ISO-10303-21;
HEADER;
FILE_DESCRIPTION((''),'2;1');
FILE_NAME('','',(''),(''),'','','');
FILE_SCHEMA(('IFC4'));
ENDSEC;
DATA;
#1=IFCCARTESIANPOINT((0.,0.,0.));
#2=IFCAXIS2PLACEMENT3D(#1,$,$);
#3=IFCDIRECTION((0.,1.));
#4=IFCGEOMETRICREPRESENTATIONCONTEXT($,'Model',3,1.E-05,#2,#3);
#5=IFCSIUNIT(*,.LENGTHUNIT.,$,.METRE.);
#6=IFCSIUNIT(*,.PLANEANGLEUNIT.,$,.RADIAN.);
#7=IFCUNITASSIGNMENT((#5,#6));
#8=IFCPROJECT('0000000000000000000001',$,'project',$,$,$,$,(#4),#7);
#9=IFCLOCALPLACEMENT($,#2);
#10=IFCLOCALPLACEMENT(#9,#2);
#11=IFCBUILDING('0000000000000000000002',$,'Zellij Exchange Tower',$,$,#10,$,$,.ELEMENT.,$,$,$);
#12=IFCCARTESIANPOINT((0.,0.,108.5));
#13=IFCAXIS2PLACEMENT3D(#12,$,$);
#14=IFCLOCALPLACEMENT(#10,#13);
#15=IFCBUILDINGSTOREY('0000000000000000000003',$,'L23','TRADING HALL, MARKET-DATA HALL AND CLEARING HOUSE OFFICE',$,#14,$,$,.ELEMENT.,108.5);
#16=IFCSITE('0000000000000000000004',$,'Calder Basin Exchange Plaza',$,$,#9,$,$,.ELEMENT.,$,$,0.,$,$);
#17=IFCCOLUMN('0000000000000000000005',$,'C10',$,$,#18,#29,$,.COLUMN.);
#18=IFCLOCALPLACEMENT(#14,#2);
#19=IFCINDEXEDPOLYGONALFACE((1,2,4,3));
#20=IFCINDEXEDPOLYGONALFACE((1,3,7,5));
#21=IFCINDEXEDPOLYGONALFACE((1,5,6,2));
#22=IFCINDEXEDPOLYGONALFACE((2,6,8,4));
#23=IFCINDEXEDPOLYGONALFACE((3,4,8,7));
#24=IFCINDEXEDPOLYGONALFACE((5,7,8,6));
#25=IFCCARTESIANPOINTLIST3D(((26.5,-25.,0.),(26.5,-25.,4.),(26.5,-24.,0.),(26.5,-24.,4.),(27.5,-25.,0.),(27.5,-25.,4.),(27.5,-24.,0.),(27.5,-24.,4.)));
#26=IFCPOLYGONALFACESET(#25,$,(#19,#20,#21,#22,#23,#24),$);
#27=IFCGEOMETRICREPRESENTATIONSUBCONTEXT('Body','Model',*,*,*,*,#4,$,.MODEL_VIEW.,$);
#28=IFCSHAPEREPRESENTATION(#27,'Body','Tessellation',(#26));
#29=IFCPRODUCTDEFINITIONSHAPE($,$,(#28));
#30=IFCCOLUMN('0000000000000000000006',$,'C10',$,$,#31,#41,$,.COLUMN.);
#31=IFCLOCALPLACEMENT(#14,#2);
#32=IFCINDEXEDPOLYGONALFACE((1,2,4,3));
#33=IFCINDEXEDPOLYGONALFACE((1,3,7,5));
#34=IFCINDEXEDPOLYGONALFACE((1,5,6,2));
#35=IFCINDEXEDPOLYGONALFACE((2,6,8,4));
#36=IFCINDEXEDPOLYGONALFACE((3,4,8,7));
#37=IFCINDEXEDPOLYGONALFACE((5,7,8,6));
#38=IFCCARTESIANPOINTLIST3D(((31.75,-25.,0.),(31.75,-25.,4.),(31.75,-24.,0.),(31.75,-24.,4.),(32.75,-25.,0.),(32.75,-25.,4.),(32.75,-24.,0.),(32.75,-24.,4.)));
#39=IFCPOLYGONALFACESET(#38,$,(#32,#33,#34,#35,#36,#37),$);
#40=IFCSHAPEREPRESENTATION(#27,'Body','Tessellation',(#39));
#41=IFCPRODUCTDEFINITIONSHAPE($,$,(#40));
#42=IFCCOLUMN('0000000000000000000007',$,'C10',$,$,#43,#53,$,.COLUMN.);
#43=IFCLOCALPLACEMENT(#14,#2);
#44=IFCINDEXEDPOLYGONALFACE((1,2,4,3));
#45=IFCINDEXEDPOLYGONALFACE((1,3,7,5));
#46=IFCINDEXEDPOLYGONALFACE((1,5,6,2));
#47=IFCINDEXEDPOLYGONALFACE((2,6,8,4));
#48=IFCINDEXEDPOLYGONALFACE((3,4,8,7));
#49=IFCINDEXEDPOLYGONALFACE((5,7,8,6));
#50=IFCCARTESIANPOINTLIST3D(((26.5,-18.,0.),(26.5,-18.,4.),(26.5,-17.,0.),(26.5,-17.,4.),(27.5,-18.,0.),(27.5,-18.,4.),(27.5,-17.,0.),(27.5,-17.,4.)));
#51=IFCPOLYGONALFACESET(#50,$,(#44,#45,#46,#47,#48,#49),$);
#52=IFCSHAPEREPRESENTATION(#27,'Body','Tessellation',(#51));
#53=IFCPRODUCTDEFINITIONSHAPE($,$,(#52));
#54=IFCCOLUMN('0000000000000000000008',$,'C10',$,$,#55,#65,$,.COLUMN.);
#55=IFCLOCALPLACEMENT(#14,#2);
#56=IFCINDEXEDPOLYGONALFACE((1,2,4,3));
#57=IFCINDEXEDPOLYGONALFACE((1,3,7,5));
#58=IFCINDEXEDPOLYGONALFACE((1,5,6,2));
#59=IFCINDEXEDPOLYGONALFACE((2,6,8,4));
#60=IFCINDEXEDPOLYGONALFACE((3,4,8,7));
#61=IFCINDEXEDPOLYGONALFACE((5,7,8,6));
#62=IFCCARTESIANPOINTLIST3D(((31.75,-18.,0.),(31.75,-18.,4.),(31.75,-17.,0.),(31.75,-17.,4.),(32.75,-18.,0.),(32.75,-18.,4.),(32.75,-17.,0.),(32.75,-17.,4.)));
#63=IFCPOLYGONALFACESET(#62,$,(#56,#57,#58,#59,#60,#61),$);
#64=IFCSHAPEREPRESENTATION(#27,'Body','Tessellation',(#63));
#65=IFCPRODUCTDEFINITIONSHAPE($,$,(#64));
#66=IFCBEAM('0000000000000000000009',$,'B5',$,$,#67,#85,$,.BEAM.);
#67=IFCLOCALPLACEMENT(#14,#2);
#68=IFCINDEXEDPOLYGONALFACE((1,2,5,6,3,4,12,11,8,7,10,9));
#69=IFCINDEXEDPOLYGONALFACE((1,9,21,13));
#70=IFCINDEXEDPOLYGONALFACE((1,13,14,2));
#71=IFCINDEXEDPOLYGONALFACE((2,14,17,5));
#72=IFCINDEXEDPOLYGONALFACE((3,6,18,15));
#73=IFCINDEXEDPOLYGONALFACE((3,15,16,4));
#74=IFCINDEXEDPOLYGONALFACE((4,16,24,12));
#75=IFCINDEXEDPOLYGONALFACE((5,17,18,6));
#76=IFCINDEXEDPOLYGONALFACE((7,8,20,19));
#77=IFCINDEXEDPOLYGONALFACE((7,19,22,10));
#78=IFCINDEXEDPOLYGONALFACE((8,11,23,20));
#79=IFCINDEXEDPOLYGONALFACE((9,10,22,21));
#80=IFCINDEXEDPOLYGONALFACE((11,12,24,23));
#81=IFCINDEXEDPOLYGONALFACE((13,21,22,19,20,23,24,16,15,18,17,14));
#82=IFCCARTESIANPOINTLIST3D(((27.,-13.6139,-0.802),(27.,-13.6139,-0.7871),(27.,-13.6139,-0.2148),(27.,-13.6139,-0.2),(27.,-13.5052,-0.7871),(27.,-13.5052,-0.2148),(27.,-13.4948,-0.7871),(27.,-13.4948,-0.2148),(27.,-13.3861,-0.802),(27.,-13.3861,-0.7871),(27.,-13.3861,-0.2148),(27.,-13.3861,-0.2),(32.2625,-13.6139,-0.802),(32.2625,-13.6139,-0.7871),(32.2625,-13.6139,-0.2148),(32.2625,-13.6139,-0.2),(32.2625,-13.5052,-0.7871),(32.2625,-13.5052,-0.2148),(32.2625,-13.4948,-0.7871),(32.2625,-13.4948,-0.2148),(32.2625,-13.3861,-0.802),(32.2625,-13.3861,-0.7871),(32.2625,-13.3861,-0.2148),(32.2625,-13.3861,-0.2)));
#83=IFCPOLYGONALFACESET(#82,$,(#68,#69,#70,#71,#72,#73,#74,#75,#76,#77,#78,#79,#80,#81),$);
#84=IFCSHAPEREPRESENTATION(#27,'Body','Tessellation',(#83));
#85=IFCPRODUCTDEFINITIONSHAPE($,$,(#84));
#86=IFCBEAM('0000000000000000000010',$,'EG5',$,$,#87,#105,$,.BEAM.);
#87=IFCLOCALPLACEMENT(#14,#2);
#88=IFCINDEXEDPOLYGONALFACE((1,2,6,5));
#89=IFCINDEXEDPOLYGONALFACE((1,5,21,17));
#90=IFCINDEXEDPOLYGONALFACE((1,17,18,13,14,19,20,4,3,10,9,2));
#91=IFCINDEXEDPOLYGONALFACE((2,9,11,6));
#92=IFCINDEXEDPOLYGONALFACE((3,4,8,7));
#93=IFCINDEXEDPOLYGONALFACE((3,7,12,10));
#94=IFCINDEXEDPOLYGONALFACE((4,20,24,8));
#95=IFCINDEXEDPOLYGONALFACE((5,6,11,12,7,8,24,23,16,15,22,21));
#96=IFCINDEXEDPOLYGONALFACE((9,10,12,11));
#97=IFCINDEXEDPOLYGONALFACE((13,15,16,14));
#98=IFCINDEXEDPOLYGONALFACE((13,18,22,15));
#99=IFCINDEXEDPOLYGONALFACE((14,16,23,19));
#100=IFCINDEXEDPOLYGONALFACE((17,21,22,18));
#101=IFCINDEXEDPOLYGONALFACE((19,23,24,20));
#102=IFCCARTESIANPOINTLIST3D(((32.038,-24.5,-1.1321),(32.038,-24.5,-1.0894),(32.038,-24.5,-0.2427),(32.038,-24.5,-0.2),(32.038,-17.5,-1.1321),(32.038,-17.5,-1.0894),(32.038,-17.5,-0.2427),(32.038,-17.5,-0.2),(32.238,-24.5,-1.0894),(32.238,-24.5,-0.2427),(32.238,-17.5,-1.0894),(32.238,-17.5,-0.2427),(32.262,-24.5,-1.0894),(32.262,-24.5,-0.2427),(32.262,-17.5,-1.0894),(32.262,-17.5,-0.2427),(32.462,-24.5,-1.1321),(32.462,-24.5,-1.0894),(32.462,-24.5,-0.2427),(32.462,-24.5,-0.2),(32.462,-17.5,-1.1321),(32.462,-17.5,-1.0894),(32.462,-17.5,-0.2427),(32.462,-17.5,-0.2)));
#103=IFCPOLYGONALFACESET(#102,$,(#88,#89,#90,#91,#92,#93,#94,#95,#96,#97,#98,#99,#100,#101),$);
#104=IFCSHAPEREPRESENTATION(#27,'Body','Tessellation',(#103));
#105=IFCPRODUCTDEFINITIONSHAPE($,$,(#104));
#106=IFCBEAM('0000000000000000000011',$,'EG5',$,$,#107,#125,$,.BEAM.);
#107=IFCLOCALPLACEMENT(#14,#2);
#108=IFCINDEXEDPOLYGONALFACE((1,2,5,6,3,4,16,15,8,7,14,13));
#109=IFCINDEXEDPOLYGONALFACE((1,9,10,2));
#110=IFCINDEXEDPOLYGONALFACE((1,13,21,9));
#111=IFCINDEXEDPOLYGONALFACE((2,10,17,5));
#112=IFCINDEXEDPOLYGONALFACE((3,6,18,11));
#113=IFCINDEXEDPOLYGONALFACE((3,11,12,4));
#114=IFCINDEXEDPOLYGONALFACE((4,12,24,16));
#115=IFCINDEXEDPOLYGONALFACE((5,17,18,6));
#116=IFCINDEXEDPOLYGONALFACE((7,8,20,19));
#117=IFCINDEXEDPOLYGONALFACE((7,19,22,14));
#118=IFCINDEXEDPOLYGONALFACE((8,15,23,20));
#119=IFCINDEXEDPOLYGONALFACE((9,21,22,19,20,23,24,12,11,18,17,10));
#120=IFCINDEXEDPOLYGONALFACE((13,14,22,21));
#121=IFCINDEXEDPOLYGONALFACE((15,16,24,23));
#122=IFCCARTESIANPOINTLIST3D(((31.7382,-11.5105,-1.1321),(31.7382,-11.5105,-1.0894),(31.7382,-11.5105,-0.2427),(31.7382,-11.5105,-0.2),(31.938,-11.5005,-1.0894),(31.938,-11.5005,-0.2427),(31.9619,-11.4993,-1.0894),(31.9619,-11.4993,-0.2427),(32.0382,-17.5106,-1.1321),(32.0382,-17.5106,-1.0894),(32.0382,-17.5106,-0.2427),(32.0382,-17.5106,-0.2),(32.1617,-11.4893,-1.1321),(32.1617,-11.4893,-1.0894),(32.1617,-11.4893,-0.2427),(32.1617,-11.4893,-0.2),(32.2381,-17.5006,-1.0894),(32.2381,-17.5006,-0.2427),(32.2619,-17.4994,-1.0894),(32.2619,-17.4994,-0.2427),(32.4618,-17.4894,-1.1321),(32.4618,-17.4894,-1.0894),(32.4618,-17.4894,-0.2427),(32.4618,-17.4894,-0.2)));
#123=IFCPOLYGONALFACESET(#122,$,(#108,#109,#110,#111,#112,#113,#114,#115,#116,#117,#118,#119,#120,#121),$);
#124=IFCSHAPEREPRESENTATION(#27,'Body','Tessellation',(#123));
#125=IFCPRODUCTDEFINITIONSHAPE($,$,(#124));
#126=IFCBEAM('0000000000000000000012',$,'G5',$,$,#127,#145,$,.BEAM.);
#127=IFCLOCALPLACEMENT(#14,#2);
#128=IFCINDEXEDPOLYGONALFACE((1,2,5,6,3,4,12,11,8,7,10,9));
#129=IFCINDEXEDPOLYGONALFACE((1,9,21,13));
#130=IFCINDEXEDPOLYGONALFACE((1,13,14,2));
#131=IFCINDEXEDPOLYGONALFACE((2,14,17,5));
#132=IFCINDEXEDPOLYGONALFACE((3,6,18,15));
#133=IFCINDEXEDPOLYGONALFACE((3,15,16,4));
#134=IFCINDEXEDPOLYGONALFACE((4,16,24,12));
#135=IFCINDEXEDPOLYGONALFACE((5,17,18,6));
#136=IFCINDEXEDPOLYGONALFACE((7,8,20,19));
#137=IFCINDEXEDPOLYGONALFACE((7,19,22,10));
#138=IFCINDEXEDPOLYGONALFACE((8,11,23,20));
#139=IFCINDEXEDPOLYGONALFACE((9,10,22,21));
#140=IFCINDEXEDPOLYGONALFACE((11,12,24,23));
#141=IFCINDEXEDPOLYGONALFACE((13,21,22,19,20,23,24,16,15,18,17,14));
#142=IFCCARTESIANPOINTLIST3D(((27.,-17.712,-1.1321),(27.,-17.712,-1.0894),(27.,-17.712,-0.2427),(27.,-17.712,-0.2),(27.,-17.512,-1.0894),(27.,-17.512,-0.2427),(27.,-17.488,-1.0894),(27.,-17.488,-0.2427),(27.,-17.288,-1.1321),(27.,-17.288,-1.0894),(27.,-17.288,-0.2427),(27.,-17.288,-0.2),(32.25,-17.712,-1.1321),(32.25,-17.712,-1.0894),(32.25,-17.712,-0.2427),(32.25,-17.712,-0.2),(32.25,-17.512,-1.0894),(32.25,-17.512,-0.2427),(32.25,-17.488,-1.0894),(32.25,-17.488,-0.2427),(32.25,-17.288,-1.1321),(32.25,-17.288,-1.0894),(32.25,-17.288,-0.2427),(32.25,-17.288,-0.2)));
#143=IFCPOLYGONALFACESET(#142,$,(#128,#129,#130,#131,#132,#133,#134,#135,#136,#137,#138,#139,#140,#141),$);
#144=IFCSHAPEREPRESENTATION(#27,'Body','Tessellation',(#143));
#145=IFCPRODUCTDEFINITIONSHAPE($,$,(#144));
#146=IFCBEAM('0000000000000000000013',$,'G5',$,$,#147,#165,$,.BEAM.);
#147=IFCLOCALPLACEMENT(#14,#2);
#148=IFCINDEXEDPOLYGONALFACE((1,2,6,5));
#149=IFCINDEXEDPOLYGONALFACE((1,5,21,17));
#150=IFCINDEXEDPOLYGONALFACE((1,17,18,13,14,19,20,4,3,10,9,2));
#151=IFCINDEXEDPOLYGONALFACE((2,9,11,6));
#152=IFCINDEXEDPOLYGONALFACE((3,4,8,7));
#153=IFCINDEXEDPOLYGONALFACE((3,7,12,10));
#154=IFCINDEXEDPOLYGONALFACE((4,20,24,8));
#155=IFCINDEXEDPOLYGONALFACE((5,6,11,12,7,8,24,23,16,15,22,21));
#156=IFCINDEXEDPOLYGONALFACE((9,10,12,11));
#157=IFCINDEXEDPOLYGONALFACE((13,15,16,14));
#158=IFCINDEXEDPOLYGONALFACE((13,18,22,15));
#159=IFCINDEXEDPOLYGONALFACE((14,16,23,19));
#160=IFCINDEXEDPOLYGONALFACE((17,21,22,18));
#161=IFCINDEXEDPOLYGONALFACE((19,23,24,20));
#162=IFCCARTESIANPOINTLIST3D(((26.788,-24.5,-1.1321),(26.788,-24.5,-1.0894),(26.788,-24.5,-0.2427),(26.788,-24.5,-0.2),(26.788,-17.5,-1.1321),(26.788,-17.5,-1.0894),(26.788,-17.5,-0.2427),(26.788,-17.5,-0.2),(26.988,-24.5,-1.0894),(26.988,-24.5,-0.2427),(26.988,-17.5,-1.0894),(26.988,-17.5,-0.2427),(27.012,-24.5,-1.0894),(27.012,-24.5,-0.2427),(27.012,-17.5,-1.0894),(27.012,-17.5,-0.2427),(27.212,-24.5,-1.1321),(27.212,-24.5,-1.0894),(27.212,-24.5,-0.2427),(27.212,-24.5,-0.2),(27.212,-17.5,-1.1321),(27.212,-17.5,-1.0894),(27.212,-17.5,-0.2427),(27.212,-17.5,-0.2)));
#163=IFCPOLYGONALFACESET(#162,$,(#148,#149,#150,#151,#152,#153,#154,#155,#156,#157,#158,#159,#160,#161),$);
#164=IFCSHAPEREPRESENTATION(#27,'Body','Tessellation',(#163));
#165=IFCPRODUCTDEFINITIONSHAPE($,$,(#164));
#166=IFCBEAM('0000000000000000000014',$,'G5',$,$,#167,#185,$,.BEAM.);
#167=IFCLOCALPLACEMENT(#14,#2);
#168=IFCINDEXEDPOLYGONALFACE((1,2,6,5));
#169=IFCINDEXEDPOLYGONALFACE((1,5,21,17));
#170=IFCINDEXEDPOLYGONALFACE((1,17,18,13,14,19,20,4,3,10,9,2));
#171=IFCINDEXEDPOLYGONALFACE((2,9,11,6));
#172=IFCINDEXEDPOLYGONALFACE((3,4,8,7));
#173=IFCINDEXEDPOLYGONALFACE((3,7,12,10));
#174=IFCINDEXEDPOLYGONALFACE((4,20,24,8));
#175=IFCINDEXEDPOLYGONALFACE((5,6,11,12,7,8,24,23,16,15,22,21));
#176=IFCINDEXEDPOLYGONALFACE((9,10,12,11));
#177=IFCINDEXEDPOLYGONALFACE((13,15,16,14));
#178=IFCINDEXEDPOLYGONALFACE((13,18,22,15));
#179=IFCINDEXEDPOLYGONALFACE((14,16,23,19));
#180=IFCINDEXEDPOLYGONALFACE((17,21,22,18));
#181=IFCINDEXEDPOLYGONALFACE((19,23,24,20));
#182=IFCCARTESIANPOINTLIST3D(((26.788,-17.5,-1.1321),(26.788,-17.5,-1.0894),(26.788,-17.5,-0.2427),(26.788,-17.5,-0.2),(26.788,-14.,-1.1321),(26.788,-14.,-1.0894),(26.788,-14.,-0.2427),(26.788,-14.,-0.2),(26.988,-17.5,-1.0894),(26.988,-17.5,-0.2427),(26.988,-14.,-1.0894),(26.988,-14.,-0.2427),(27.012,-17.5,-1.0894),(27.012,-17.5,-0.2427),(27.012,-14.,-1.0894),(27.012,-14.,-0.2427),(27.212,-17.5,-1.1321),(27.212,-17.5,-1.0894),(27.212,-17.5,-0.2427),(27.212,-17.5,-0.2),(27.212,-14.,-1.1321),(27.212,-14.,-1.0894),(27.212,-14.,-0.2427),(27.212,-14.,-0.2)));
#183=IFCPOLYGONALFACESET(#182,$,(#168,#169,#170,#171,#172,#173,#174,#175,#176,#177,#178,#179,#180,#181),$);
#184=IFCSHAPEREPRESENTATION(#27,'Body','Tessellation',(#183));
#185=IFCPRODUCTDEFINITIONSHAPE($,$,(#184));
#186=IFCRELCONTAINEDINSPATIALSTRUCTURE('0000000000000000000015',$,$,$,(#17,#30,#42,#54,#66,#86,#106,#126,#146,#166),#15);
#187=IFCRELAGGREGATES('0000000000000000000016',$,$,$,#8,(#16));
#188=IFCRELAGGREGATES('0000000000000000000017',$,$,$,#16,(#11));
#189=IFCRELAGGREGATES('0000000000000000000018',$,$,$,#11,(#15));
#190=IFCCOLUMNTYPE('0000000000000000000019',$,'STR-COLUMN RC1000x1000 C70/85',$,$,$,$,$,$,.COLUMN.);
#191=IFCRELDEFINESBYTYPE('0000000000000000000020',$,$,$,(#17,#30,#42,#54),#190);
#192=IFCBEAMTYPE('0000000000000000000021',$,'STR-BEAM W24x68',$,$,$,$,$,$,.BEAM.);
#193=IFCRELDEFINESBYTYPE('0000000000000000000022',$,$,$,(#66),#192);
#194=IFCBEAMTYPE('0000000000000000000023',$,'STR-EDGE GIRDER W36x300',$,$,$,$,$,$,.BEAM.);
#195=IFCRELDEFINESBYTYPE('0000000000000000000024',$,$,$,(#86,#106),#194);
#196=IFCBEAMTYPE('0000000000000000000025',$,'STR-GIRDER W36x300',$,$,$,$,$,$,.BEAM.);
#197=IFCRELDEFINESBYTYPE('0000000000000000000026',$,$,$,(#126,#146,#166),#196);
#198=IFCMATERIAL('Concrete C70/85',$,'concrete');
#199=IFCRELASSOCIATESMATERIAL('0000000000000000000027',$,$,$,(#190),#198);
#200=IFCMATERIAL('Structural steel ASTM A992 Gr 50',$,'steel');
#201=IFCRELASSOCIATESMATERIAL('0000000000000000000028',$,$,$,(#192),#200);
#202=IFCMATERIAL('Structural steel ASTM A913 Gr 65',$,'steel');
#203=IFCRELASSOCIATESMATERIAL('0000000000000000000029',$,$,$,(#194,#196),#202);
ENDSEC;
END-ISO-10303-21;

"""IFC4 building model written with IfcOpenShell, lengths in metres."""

from ifc_helpers import new_model, si_unit, direction, frame, origin, origin_2d, place, context, subcontext, project, spatial, rectangle, i_section, extrude, material, material_profile, profile_set, type_object, element, save


model = new_model("IFC4")

# Units and contexts
model_context = context("Model", 3, precision=1e-05, world=origin(), true_north=direction((0.0, 1.0)))
body_context = subcontext(model_context, "Body", "Model", "MODEL_VIEW")
ifc_project = project(units=[si_unit("LENGTHUNIT", "METRE"), si_unit("PLANEANGLEUNIT", "RADIAN")], contexts=[model_context])

# Site, building, storey
site_placement = place(None, origin())
site = spatial("IfcSite", under=ifc_project, at=site_placement, Name="Calder Basin Exchange Plaza", CompositionType="ELEMENT", RefElevation=0.0)
building_placement = place(site_placement, origin())
building = spatial("IfcBuilding", under=site, at=building_placement, Name="Zellij Exchange Tower", CompositionType="ELEMENT")
storey_placement = place(building_placement, frame((0.0, 0.0, 108.5)))
storey = spatial("IfcBuildingStorey", under=building, at=storey_placement, Name="L23", Description="TRADING HALL, MARKET-DATA HALL AND CLEARING HOUSE OFFICE", CompositionType="ELEMENT", Elevation=108.5)

# Columns
ifc_material_1 = material(Name="Concrete C70/85", Category="concrete")
ifc_material_profile_1 = material_profile(ifc_material_1, rectangle(XDim=1.0, YDim=1.0, at=origin_2d()), Name="STR-COLUMN RC1000x1000 C70/85")
ifc_profile_set_1 = profile_set([ifc_material_profile_1], Name="Concrete C70/85")
column_type = type_object("IfcColumnType", Name="STR-COLUMN RC1000x1000 C70/85", PredefinedType="COLUMN", material=ifc_profile_set_1)
for number, where, z_axis, x_axis, name in (
    (1, (27.0, -24.5, 0.0), (0.0, 0.0, 1.0), (1.0, 0.0, 0.0), "C10"),
    (2, (32.25, -24.5, 0.0), (0.0, 0.0, 1.0), (1.0, 0.0, 0.0), "C10"),
    (3, (27.0, -17.5, 0.0), (0.0, 0.0, 1.0), (1.0, 0.0, 0.0), "C10"),
    (4, (32.25, -17.5, 0.0), (0.0, 0.0, 1.0), (1.0, 0.0, 0.0), "C10"),
):
    element("IfcColumn", number, at=place(storey_placement, frame(where, z_axis=z_axis, x_axis=x_axis)), inside=storey, type_object=column_type, Name=name, PredefinedType="COLUMN", context=body_context, shape_type="SweptSolid", body=[
        extrude(rectangle(XDim=1.0, YDim=1.0, at=origin_2d()), origin(), (0.0, 0.0, 1.0), 4.0),
    ])

# Beams
ifc_material_2 = material(Name="Structural steel ASTM A992 Gr 50", Category="steel")
ifc_material_profile_2 = material_profile(ifc_material_2, i_section(OverallWidth=0.2278, OverallDepth=0.6021, WebThickness=0.0105, FlangeThickness=0.0149, at=origin_2d()), Name="W24x68")
ifc_profile_set_2 = profile_set([ifc_material_profile_2], Name="Structural steel ASTM A992 Gr 50")
beam_type_1 = type_object("IfcBeamType", Name="STR-BEAM W24x68", PredefinedType="BEAM", material=ifc_profile_set_2)
beam_1_placement = place(storey_placement, frame((27.0, -13.5, -0.501), z_axis=(1.0, 0.0, 0.0), x_axis=(0.0, 1.0, 0.0)))
element("IfcBeam", 5, at=beam_1_placement, inside=storey, type_object=beam_type_1, Name="B5", PredefinedType="BEAM", context=body_context, shape_type="SweptSolid", body=[
    extrude(i_section(OverallWidth=0.2278, OverallDepth=0.6021, WebThickness=0.0105, FlangeThickness=0.0149, at=origin_2d()), origin(), (0.0, 0.0, 1.0), 5.2625),
])
ifc_material_3 = material(Name="Structural steel ASTM A913 Gr 65", Category="steel")
ifc_material_profile_3 = material_profile(ifc_material_3, i_section(OverallWidth=0.4241, OverallDepth=0.9321, WebThickness=0.0239, FlangeThickness=0.0427, at=origin_2d()), Name="W36x300")
ifc_profile_set_3 = profile_set([ifc_material_profile_3], Name="Structural steel ASTM A913 Gr 65")
beam_type_2 = type_object("IfcBeamType", Name="STR-EDGE GIRDER W36x300", PredefinedType="BEAM", material=ifc_profile_set_3)
beam_2_placement = place(storey_placement, frame((32.25, -24.5, -0.666), z_axis=(0.0, 1.0, 0.0), x_axis=(-1.0, 0.0, 0.0)))
element("IfcBeam", 6, at=beam_2_placement, inside=storey, type_object=beam_type_2, Name="EG5", PredefinedType="BEAM", context=body_context, shape_type="SweptSolid", body=[
    extrude(i_section(OverallWidth=0.4241, OverallDepth=0.9321, WebThickness=0.0239, FlangeThickness=0.0427, at=origin_2d()), origin(), (0.0, 0.0, 1.0), 7.0),
])
beam_3_placement = place(storey_placement, frame((32.25, -17.5, -0.666), z_axis=(-0.049946, 0.998752, 0.0), x_axis=(-0.998752, -0.049946, 0.0)))
element("IfcBeam", 7, at=beam_3_placement, inside=storey, type_object=beam_type_2, Name="EG5", PredefinedType="BEAM", context=body_context, shape_type="SweptSolid", body=[
    extrude(i_section(OverallWidth=0.4241, OverallDepth=0.9321, WebThickness=0.0239, FlangeThickness=0.0427, at=origin_2d()), origin(), (0.0, 0.0, 1.0), 6.0076),
])
ifc_material_profile_4 = material_profile(ifc_material_3, i_section(OverallWidth=0.4241, OverallDepth=0.9321, WebThickness=0.0239, FlangeThickness=0.0427, at=origin_2d()), Name="W36x300")
ifc_profile_set_4 = profile_set([ifc_material_profile_4], Name="Structural steel ASTM A913 Gr 65")
beam_type_3 = type_object("IfcBeamType", Name="STR-GIRDER W36x300", PredefinedType="BEAM", material=ifc_profile_set_4)
beam_4_placement = place(storey_placement, frame((27.0, -17.5, -0.666), z_axis=(1.0, 0.0, 0.0), x_axis=(0.0, 1.0, 0.0)))
element("IfcBeam", 8, at=beam_4_placement, inside=storey, type_object=beam_type_3, Name="G5", PredefinedType="BEAM", context=body_context, shape_type="SweptSolid", body=[
    extrude(i_section(OverallWidth=0.4241, OverallDepth=0.9321, WebThickness=0.0239, FlangeThickness=0.0427, at=origin_2d()), origin(), (0.0, 0.0, 1.0), 5.25),
])
beam_5_placement = place(storey_placement, frame((27.0, -24.5, -0.666), z_axis=(0.0, 1.0, 0.0), x_axis=(-1.0, 0.0, 0.0)))
element("IfcBeam", 9, at=beam_5_placement, inside=storey, type_object=beam_type_3, Name="G5", PredefinedType="BEAM", context=body_context, shape_type="SweptSolid", body=[
    extrude(i_section(OverallWidth=0.4241, OverallDepth=0.9321, WebThickness=0.0239, FlangeThickness=0.0427, at=origin_2d()), origin(), (0.0, 0.0, 1.0), 7.0),
])
beam_6_placement = place(storey_placement, frame((27.0, -17.5, -0.666), z_axis=(0.0, 1.0, 0.0), x_axis=(-1.0, 0.0, 0.0)))
element("IfcBeam", 10, at=beam_6_placement, inside=storey, type_object=beam_type_3, Name="G5", PredefinedType="BEAM", context=body_context, shape_type="SweptSolid", body=[
    extrude(i_section(OverallWidth=0.4241, OverallDepth=0.9321, WebThickness=0.0239, FlangeThickness=0.0427, at=origin_2d()), origin(), (0.0, 0.0, 1.0), 3.5),
])

save(model, "model.ifc")
